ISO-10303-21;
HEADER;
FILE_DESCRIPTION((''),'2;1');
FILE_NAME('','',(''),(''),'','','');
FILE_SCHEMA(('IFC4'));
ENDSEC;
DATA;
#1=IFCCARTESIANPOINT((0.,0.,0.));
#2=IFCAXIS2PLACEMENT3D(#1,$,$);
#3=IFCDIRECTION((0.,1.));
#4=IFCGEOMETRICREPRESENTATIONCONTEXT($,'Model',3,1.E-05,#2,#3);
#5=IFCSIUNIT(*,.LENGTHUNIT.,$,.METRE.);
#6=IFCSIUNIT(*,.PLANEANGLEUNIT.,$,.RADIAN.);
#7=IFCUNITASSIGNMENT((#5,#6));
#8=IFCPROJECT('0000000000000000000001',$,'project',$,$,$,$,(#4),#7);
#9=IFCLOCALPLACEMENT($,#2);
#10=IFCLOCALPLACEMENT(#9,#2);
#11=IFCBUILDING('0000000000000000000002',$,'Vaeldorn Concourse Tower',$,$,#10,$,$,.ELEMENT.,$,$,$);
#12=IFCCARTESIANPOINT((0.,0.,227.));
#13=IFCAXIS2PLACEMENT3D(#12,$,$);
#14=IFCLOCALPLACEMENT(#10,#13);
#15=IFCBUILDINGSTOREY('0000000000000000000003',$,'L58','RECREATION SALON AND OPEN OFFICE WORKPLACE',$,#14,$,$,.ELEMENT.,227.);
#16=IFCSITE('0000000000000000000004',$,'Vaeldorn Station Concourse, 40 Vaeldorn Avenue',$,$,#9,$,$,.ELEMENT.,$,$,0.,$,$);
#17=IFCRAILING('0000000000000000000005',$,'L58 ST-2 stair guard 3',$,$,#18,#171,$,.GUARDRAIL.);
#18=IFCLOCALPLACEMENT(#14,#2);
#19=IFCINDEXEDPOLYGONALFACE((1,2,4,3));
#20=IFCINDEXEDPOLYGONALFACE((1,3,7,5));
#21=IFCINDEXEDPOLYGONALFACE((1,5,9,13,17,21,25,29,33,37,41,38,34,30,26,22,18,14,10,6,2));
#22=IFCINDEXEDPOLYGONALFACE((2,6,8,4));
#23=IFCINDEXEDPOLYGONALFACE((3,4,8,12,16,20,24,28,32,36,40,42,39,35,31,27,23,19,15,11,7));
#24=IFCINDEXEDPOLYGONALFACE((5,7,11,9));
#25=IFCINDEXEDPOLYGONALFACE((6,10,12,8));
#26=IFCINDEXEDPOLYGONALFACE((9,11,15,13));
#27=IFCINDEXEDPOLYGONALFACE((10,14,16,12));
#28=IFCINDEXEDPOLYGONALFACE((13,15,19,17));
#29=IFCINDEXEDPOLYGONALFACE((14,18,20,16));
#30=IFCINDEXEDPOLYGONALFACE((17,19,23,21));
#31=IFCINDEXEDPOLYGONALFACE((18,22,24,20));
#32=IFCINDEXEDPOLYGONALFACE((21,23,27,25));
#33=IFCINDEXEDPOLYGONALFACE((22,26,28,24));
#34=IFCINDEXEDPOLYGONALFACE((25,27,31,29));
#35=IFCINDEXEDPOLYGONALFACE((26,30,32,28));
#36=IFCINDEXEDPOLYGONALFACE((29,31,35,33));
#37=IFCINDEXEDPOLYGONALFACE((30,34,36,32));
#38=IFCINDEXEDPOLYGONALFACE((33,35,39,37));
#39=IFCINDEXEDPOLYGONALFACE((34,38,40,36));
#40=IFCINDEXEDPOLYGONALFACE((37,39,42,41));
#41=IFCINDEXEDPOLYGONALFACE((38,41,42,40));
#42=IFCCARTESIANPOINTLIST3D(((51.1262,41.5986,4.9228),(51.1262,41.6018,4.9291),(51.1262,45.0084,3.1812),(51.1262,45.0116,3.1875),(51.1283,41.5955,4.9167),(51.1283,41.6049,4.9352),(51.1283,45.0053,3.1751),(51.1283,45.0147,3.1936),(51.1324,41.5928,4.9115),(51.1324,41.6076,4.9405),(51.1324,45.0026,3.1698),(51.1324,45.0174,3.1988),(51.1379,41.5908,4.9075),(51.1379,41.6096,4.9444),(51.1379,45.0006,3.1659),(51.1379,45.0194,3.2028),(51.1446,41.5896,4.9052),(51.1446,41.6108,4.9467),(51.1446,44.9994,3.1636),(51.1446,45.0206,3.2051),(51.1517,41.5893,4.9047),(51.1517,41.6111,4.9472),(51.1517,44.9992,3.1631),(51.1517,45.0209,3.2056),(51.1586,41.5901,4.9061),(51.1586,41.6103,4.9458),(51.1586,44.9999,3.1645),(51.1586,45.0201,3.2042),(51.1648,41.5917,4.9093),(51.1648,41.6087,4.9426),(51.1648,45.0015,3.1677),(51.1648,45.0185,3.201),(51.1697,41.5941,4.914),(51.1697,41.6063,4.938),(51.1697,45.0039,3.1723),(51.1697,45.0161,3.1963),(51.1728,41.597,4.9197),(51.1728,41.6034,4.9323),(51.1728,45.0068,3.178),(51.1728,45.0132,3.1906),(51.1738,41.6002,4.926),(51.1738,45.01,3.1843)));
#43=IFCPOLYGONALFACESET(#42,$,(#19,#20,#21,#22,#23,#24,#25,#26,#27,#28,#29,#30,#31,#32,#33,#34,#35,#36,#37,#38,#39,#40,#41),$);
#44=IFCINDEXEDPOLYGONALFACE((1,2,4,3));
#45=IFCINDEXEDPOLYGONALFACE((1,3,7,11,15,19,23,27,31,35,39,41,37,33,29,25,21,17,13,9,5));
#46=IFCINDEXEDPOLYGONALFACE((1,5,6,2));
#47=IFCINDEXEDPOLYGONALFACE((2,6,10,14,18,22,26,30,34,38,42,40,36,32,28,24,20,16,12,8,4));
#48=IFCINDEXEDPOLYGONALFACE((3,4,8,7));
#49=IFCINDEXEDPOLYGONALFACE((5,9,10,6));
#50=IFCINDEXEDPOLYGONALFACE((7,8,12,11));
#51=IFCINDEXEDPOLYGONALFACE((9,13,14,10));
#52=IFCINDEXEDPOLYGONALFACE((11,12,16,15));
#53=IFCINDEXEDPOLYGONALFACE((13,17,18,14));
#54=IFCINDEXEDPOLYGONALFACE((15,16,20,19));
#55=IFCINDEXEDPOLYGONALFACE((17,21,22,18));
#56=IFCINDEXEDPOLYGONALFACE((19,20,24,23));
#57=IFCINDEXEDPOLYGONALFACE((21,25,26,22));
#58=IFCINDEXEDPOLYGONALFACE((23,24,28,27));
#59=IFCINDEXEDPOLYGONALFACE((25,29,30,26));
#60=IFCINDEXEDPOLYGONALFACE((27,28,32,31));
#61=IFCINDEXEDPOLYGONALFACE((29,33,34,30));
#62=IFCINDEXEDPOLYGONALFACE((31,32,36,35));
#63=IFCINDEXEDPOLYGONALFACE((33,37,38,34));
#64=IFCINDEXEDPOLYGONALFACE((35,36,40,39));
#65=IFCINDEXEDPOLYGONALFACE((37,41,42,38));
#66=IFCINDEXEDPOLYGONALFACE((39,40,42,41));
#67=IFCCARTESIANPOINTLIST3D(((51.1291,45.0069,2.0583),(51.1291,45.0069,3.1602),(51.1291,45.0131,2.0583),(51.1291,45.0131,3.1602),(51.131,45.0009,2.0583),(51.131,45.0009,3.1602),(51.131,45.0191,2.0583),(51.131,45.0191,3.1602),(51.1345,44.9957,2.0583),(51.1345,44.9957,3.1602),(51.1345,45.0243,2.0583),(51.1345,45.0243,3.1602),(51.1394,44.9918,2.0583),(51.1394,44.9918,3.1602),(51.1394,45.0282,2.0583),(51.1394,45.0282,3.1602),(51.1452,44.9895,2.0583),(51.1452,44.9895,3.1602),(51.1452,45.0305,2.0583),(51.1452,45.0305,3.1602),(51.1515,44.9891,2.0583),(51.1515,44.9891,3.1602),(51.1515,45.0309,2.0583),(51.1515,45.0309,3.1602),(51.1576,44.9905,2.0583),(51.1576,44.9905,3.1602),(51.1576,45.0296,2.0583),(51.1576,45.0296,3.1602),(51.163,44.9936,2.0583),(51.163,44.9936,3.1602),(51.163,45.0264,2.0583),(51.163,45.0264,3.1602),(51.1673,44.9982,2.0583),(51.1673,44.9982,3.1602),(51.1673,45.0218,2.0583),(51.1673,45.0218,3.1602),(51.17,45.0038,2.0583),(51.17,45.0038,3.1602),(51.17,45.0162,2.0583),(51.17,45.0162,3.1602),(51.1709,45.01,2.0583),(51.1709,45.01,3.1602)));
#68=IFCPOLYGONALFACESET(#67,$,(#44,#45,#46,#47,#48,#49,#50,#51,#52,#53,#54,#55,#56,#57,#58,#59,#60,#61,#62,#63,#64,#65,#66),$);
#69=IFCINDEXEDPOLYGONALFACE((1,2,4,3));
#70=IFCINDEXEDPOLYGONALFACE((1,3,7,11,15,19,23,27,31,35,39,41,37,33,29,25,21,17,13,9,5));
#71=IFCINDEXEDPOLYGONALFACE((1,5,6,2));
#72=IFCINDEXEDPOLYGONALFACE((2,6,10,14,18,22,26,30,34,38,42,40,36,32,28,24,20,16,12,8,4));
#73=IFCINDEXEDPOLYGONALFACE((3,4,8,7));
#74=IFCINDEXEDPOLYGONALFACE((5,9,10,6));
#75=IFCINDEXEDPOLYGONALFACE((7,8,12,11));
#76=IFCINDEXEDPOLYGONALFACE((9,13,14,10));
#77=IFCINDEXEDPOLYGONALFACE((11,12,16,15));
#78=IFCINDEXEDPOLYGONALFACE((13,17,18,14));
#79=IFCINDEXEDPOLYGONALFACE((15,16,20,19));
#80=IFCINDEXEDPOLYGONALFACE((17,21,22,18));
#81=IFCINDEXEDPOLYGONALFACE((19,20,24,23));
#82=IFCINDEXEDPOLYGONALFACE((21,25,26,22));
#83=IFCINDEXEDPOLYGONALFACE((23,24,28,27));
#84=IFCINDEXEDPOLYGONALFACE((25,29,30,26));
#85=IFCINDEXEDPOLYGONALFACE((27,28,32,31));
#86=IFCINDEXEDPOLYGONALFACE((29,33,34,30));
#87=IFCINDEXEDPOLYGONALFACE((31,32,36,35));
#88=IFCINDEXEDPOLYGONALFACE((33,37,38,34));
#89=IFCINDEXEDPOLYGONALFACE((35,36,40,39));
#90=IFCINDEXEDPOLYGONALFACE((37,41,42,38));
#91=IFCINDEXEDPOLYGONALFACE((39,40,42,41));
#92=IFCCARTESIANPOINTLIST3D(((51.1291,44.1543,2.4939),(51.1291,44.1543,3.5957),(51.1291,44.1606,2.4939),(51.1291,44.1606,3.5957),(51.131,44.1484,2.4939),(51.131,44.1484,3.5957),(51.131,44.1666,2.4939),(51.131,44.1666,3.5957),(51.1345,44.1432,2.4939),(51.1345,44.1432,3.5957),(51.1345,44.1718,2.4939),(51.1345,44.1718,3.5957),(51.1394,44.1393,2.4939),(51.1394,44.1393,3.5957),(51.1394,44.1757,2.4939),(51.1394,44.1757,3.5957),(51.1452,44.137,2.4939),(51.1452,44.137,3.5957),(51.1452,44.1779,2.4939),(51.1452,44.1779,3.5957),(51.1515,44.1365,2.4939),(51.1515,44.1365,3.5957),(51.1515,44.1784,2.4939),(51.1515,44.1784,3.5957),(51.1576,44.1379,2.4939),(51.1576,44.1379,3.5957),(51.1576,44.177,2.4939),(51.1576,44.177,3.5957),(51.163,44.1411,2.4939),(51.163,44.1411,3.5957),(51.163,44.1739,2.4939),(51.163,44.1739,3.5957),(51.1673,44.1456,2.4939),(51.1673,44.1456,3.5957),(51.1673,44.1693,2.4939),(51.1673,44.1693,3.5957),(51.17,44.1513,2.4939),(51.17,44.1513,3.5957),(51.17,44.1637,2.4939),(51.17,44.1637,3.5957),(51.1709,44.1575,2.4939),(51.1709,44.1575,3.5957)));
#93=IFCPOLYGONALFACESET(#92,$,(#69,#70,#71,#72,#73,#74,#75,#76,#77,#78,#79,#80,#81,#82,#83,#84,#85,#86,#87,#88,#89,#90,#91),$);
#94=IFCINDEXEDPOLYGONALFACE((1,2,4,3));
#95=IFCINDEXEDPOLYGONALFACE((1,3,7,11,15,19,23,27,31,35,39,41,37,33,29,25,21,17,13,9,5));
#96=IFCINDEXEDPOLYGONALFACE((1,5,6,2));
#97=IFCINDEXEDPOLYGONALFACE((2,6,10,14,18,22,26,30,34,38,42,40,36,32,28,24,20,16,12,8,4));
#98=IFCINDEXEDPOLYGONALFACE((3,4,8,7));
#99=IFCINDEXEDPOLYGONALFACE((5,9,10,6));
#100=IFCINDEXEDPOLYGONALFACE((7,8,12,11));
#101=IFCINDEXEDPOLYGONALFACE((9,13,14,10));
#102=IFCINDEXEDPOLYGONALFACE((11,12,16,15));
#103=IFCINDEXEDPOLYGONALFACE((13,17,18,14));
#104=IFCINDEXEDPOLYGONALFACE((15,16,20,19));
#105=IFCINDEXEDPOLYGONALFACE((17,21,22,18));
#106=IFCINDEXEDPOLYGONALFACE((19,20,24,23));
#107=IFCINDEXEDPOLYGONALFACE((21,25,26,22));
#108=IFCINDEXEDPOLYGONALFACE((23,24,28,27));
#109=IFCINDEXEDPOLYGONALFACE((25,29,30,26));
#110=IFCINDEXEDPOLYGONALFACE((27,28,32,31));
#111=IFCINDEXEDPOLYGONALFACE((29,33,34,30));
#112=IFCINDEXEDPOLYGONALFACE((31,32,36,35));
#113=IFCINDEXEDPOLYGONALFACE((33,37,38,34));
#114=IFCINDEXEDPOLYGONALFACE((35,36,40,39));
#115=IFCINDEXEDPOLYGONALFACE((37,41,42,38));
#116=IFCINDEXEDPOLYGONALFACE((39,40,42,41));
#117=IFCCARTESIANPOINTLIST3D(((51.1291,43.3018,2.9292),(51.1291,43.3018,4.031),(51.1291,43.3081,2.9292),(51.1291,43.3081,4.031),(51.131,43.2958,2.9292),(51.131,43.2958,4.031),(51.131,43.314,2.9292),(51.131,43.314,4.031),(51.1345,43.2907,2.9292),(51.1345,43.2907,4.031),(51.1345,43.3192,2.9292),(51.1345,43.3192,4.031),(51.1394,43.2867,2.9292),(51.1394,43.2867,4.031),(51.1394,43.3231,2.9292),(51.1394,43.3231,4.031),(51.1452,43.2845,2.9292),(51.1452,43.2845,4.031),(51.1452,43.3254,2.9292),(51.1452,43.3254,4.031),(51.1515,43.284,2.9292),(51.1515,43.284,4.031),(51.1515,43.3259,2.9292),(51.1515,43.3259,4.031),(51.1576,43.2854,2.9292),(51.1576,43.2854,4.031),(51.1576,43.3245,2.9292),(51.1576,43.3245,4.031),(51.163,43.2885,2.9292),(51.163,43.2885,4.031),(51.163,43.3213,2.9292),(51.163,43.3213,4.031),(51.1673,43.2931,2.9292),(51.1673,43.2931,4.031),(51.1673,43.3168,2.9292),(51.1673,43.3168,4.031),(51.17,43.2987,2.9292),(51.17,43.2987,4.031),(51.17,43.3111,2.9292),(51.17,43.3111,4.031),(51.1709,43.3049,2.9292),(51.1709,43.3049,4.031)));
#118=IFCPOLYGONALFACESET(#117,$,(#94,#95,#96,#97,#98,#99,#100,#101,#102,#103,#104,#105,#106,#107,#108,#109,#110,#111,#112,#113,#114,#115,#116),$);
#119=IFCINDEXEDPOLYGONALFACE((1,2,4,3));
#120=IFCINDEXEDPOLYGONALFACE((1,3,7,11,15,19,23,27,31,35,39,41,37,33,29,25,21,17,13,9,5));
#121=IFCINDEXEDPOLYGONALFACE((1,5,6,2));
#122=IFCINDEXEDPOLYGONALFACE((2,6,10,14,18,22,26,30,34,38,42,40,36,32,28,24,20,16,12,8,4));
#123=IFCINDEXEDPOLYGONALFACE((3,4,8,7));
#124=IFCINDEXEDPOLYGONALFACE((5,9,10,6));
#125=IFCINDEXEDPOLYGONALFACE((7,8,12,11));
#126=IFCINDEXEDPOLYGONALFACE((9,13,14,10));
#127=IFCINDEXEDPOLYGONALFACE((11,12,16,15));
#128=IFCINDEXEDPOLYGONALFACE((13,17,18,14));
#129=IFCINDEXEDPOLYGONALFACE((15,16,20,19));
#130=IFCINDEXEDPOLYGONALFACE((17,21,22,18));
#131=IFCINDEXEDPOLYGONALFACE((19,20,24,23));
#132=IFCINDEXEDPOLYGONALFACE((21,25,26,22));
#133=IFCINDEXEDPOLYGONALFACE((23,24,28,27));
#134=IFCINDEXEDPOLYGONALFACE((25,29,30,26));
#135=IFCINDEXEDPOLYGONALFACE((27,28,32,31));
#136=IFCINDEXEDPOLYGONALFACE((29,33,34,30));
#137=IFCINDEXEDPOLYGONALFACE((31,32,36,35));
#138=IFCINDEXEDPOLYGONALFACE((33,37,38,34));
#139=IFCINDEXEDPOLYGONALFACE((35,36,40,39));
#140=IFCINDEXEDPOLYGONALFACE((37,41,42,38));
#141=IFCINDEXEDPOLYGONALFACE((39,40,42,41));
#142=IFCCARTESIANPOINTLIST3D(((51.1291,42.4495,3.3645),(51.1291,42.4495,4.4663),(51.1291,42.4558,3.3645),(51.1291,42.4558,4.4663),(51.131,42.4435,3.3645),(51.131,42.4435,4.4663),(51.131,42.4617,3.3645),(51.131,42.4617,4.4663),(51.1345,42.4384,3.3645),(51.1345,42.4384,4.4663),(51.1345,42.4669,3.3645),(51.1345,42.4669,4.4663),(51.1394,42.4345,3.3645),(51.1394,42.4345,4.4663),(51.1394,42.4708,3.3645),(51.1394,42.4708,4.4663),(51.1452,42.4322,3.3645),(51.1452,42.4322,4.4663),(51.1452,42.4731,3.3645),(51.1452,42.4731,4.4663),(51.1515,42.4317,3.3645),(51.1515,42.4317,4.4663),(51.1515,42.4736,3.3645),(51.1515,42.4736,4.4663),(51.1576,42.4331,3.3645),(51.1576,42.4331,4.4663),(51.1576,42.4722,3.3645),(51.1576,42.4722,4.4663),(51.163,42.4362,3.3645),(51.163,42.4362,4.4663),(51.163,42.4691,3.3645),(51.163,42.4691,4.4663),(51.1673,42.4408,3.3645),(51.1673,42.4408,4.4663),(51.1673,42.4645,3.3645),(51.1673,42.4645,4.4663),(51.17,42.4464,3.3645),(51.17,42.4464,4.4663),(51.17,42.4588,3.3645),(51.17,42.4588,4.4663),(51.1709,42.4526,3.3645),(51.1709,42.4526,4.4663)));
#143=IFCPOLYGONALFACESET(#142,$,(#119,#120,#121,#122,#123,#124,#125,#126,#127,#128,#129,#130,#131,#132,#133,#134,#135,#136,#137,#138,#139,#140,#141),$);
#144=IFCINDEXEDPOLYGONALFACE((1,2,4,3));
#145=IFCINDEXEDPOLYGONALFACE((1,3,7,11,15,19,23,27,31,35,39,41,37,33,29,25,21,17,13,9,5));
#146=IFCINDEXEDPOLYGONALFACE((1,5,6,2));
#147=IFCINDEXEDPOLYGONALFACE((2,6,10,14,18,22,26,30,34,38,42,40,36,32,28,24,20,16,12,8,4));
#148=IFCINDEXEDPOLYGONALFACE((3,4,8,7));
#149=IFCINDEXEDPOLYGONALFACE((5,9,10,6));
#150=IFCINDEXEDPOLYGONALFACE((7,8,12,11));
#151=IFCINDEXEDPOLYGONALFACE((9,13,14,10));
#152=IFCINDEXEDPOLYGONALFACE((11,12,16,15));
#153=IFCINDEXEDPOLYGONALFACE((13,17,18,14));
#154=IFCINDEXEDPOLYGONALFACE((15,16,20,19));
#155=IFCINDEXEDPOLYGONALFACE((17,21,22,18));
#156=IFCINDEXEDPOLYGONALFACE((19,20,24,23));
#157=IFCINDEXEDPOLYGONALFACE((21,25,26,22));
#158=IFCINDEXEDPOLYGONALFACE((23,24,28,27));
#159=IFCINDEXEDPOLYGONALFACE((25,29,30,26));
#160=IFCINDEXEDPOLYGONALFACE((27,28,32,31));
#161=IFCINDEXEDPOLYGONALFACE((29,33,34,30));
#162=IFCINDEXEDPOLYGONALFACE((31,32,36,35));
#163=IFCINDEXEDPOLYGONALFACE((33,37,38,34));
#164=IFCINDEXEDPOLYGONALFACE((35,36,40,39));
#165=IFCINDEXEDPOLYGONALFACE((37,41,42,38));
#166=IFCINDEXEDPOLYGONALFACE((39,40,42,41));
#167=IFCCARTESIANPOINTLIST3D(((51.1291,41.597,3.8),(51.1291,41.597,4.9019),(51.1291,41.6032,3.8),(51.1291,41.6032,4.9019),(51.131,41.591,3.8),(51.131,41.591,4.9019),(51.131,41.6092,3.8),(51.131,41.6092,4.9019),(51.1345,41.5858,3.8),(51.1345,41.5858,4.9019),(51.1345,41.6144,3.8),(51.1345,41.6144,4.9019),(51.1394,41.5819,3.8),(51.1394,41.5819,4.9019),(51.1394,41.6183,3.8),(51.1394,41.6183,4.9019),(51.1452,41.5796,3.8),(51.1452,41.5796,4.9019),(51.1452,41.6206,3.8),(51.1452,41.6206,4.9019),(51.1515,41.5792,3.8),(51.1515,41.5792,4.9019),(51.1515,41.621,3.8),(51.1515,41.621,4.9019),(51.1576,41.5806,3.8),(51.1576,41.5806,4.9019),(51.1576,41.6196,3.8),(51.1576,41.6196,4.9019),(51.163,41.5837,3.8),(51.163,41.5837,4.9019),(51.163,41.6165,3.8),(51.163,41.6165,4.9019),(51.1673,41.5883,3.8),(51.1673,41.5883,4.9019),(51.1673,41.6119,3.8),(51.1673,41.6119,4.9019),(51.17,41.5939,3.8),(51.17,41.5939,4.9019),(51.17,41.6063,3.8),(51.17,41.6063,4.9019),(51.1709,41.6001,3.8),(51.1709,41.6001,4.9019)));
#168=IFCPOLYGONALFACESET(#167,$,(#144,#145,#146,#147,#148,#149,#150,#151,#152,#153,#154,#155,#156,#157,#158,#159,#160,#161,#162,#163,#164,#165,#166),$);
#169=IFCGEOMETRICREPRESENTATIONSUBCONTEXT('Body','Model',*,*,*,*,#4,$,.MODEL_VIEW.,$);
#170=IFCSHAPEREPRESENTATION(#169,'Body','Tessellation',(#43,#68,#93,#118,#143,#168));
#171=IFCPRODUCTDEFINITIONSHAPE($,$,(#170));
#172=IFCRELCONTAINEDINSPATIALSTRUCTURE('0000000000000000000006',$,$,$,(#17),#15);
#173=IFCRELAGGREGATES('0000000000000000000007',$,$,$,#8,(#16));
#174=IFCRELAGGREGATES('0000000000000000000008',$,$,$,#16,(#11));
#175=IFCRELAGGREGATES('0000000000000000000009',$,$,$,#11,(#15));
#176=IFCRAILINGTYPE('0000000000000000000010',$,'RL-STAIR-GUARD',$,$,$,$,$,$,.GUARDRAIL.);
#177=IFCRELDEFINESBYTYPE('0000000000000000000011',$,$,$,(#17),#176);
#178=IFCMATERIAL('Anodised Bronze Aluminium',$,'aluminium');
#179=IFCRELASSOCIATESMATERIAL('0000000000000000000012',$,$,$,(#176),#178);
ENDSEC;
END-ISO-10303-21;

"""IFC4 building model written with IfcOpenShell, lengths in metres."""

from ifc_helpers import new_model, si_unit, direction, frame, origin, origin_2d, place, context, subcontext, project, spatial, circle, extrude, material, type_object, element, save


model = new_model("IFC4")

# Units and contexts
model_context = context("Model", 3, precision=1e-05, world=origin(), true_north=direction((0.0, 1.0)))
body_context = subcontext(model_context, "Body", "Model", "MODEL_VIEW")
ifc_project = project(units=[si_unit("LENGTHUNIT", "METRE"), si_unit("PLANEANGLEUNIT", "RADIAN")], contexts=[model_context])

# Site, building, storey
site_placement = place(None, origin())
site = spatial("IfcSite", under=ifc_project, at=site_placement, Name="Vaeldorn Station Concourse, 40 Vaeldorn Avenue", CompositionType="ELEMENT", RefElevation=0.0)
building_placement = place(site_placement, origin())
building = spatial("IfcBuilding", under=site, at=building_placement, Name="Vaeldorn Concourse Tower", CompositionType="ELEMENT")
storey_placement = place(building_placement, frame((0.0, 0.0, 227.0)))
storey = spatial("IfcBuildingStorey", under=building, at=storey_placement, Name="L58", Description="RECREATION SALON AND OPEN OFFICE WORKPLACE", CompositionType="ELEMENT", Elevation=227.0)

# Shared definitions
ifc_material_1 = material(Name="Anodised Bronze Aluminium", Category="aluminium")

# Railing
railing_type_1 = type_object("IfcRailingType", Name="RL-STAIR-GUARD", PredefinedType="GUARDRAIL", material=ifc_material_1)
railing_1_placement = place(storey_placement, frame((51.1499, 45.01, 2.0583)))
element("IfcRailing", 1, at=railing_1_placement, inside=storey, type_object=railing_type_1, Name="L58 ST-2 stair guard 3", PredefinedType="GUARDRAIL", context=body_context, shape_type="SweptSolid", body=[
    extrude(circle(Radius=0.0239, at=origin_2d()), frame((0.0, 0.0, 1.126), z_axis=(0.0, -0.890556, 0.454874), x_axis=(1.0, 0.0, 0.0)), (0.0, 0.0, 1.0), 3.8289),
    extrude(circle(Radius=0.021, at=origin_2d()), origin(), (0.0, 0.0, 1.0), 1.1018),
    extrude(circle(Radius=0.021, at=origin_2d()), frame((0.0, -0.8525, 0.4355)), (0.0, 0.0, 1.0), 1.1018),
    extrude(circle(Radius=0.021, at=origin_2d()), frame((0.0, -1.7051, 0.8708)), (0.0, 0.0, 1.0), 1.1018),
    extrude(circle(Radius=0.021, at=origin_2d()), frame((0.0, -2.5574, 1.3062)), (0.0, 0.0, 1.0), 1.1018),
    extrude(circle(Radius=0.021, at=origin_2d()), frame((0.0, -3.4099, 1.7417)), (0.0, 0.0, 1.0), 1.1018),
])

save(model, "model.ifc")
